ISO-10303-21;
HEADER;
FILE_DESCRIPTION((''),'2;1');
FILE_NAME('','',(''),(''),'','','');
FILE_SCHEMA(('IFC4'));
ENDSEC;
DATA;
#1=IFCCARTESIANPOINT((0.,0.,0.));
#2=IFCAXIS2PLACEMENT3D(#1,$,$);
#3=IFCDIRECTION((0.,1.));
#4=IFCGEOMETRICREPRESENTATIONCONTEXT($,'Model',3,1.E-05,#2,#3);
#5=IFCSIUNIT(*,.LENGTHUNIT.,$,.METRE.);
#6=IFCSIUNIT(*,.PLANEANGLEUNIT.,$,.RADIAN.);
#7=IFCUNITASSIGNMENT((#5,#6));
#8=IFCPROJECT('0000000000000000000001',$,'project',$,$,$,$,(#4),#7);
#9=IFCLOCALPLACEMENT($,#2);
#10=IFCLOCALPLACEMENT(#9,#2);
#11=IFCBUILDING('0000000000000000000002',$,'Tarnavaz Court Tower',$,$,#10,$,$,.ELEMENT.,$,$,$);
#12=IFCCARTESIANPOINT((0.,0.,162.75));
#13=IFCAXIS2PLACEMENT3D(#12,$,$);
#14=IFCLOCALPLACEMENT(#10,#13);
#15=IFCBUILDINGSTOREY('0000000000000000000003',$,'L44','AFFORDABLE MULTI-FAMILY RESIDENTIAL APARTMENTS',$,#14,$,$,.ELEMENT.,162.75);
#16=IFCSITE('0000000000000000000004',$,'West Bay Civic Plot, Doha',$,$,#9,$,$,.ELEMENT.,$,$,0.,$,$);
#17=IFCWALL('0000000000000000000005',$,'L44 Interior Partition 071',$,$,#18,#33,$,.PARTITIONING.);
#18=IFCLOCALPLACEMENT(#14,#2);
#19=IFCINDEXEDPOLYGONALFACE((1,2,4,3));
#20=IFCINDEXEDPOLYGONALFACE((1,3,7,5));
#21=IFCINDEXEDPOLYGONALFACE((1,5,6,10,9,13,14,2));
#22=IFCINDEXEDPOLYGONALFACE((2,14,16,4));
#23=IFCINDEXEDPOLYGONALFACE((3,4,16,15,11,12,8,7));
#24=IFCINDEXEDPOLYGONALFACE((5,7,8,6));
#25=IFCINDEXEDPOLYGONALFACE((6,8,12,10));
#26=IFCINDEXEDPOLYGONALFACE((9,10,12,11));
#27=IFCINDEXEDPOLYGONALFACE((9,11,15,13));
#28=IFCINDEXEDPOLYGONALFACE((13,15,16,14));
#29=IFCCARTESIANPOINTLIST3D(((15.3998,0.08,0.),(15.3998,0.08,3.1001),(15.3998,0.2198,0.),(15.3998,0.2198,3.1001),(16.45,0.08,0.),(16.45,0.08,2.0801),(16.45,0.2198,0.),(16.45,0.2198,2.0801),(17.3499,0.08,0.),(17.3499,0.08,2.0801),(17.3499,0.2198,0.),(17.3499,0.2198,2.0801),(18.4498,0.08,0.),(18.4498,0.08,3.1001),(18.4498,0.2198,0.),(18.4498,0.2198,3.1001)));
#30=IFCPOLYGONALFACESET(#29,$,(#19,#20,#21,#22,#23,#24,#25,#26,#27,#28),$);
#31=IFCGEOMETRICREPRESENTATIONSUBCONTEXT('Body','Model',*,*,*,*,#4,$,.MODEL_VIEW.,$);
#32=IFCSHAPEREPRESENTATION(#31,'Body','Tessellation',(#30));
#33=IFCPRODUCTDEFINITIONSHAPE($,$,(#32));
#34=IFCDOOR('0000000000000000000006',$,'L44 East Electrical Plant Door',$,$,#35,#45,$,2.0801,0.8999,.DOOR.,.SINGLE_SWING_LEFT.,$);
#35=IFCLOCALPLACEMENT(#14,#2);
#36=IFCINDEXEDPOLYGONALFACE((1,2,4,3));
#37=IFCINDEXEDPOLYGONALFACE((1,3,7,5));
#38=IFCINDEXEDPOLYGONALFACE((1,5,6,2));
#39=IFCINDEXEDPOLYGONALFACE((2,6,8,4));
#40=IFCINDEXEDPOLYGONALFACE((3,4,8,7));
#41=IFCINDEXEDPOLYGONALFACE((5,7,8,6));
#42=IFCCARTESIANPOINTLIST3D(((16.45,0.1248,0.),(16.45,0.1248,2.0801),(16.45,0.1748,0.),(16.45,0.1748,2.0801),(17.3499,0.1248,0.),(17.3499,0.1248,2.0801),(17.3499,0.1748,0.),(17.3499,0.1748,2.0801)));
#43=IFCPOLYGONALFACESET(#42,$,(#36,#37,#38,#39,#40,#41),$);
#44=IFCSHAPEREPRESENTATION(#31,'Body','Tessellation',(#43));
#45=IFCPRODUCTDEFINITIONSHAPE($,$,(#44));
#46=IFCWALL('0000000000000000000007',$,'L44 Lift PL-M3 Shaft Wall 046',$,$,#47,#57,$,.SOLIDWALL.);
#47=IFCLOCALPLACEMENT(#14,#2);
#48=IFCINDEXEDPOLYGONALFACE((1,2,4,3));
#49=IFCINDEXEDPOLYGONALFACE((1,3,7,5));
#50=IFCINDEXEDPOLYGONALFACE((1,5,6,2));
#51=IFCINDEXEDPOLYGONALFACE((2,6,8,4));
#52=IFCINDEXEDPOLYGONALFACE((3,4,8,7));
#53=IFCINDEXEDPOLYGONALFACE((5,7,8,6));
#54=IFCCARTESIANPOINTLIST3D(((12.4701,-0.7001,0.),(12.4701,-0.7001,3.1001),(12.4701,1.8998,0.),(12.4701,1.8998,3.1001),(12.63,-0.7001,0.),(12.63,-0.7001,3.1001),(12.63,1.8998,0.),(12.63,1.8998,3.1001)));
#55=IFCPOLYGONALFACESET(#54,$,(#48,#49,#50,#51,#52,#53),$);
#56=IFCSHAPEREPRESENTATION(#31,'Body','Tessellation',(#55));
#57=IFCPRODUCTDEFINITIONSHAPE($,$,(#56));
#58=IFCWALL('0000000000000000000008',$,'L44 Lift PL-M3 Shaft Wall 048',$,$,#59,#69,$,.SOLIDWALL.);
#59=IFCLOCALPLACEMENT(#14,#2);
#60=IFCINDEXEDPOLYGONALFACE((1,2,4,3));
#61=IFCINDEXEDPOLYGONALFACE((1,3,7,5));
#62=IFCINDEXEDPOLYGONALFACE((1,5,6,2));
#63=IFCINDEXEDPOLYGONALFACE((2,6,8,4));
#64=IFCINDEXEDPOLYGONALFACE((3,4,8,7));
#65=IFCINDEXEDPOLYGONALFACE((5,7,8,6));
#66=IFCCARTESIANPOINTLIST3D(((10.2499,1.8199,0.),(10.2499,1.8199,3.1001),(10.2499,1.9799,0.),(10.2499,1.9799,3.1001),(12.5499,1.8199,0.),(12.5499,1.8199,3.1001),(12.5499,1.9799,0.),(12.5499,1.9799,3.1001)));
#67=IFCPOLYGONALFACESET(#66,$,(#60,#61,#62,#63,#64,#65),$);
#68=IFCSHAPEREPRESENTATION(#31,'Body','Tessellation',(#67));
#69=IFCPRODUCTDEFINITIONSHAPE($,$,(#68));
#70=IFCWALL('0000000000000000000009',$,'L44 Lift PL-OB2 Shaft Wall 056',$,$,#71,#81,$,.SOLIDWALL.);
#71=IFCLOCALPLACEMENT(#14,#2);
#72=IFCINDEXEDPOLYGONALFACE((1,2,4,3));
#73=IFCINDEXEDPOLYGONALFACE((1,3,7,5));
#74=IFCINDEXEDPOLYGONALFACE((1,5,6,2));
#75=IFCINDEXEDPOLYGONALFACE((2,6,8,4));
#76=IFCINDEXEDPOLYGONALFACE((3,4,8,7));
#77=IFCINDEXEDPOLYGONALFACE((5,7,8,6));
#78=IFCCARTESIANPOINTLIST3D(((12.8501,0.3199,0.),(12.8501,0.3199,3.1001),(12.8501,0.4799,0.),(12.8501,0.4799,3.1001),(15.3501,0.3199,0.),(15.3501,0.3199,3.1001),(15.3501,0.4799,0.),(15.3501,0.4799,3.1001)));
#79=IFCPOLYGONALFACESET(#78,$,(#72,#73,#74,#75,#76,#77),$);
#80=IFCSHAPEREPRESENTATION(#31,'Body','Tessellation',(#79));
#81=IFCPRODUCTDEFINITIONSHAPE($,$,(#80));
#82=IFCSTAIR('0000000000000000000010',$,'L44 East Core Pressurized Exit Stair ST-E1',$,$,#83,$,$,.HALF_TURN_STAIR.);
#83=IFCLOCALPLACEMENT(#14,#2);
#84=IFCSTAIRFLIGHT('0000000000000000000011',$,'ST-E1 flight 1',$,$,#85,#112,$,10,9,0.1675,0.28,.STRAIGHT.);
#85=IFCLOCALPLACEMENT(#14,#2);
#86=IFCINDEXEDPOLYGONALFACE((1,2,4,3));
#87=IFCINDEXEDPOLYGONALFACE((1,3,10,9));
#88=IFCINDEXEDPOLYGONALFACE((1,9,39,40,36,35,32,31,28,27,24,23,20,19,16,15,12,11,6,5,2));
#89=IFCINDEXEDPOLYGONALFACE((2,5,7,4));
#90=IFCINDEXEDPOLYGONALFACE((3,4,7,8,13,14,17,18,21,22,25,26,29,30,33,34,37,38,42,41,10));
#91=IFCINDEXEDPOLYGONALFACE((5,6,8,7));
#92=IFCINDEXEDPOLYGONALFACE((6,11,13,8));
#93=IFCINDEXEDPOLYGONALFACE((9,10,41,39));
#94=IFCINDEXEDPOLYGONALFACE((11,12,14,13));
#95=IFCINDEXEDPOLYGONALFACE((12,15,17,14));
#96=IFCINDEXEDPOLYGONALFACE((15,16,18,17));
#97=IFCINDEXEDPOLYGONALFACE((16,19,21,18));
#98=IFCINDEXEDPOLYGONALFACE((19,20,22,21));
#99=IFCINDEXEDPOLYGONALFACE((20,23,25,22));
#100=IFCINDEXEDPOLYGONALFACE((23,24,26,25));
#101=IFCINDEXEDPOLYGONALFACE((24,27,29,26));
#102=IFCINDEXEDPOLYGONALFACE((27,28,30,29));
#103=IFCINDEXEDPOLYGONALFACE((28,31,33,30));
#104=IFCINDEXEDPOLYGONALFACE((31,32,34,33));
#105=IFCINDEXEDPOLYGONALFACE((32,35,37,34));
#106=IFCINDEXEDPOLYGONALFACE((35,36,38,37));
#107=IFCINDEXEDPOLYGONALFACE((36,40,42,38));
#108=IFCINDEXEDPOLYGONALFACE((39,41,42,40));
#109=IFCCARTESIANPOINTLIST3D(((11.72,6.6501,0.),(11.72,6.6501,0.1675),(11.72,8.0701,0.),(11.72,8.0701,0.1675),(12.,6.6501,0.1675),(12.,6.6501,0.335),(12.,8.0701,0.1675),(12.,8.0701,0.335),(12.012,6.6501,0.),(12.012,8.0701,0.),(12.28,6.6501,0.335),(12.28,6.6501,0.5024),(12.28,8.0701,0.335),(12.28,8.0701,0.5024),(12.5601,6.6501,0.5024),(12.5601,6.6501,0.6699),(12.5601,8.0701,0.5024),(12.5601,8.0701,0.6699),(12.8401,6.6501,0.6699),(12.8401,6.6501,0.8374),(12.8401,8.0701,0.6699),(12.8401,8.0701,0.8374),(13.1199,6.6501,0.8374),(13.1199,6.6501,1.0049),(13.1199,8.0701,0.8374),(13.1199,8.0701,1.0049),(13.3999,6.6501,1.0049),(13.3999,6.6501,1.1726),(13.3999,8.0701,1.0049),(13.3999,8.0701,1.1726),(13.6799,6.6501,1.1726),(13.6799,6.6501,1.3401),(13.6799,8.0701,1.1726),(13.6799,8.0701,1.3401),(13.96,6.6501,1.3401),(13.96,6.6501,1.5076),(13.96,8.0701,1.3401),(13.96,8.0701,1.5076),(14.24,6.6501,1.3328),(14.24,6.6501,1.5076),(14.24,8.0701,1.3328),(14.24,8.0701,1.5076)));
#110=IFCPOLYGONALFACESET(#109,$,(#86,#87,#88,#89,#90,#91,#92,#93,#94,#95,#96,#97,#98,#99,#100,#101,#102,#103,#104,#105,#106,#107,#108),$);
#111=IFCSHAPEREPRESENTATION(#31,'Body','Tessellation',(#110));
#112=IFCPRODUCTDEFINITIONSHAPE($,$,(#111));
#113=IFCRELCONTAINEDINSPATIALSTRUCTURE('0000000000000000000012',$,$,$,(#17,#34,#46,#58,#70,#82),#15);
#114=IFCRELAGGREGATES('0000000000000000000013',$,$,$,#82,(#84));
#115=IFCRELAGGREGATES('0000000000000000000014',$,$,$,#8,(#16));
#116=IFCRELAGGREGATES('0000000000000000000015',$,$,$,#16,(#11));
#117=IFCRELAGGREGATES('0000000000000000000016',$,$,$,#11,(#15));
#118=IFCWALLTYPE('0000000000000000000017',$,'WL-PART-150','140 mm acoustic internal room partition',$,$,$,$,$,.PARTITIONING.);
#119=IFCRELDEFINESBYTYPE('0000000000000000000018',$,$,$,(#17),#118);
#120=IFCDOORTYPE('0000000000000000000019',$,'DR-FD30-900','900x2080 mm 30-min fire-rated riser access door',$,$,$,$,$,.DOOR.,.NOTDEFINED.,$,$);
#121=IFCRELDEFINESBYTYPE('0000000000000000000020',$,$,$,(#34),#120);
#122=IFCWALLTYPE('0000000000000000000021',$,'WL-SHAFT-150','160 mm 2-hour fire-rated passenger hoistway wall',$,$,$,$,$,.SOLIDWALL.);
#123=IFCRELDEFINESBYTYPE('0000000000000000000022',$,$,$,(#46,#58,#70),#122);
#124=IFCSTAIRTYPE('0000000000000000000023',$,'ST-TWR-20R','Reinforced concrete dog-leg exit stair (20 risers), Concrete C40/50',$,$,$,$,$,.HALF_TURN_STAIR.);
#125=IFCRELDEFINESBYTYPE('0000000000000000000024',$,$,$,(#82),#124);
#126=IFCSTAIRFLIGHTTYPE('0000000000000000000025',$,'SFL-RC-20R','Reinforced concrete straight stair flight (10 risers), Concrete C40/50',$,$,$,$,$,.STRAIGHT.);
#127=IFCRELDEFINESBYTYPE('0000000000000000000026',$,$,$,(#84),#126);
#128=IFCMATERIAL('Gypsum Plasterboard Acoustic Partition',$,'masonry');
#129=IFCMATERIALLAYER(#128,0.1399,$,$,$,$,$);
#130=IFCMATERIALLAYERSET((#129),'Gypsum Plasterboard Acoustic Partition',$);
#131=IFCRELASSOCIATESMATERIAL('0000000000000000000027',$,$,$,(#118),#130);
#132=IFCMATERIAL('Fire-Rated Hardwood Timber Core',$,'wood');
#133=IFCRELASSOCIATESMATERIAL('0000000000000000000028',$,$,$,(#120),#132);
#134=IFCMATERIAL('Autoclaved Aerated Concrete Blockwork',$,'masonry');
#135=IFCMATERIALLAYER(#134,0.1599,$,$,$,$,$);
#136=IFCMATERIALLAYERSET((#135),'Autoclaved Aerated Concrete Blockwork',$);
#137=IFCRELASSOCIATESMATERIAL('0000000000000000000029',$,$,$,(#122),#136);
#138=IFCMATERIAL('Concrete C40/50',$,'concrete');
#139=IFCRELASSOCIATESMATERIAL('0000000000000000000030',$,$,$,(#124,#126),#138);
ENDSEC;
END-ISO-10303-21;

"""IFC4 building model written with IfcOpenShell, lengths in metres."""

from ifc_helpers import new_model, si_unit, direction, frame, frame_2d, origin, place, context, subcontext, project, spatial, polyline, rectangle, outline, extrude, material, layer, layer_set, type_object, element, fill, aggregate, save


model = new_model("IFC4")

# Units and contexts
model_context = context("Model", 3, precision=1e-05, world=origin(), true_north=direction((0.0, 1.0)))
body_context = subcontext(model_context, "Body", "Model", "MODEL_VIEW")
ifc_project = project(units=[si_unit("LENGTHUNIT", "METRE"), si_unit("PLANEANGLEUNIT", "RADIAN")], contexts=[model_context])

# Site, building, storey
site_placement = place(None, origin())
site = spatial("IfcSite", under=ifc_project, at=site_placement, Name="West Bay Civic Plot, Doha", CompositionType="ELEMENT", RefElevation=0.0)
building_placement = place(site_placement, origin())
building = spatial("IfcBuilding", under=site, at=building_placement, Name="Tarnavaz Court Tower", CompositionType="ELEMENT")
storey_placement = place(building_placement, frame((0.0, 0.0, 162.75)))
storey = spatial("IfcBuildingStorey", under=building, at=storey_placement, Name="L44", Description="AFFORDABLE MULTI-FAMILY RESIDENTIAL APARTMENTS", CompositionType="ELEMENT", Elevation=162.75)

# Shared definitions
ifc_material_1 = material(Name="Autoclaved Aerated Concrete Blockwork", Category="masonry")
ifc_material_2 = material(Name="Fire-Rated Hardwood Timber Core", Category="wood")

# Shared definitions
ifc_material_3 = material(Name="Gypsum Plasterboard Acoustic Partition", Category="masonry")
ifc_layer_1 = layer(ifc_material_3, 0.1399)
ifc_layer_set_1 = layer_set([ifc_layer_1], Name="Gypsum Plasterboard Acoustic Partition")
wall_type_1 = type_object("IfcWallType", Name="WL-PART-150", Description="140 mm acoustic internal room partition", PredefinedType="PARTITIONING", material=ifc_layer_set_1)

# Wall, opening, door
wall_1_placement = place(storey_placement, frame((15.3999, 0.1499, 0.0), z_axis=(0.0, 0.0, 1.0), x_axis=(1.0, 0.0, 0.0)))
wall_1 = element("IfcWall", 1, at=wall_1_placement, inside=storey, type_object=wall_type_1, Name="L44 Interior Partition 071", PredefinedType="PARTITIONING", context=body_context, shape_type="SweptSolid", body=[
    extrude(rectangle(XDim=3.05, YDim=0.1399, at=frame_2d((1.5249, 0.0))), origin(), (0.0, 0.0, 1.0), 3.1001),
])
opening_1_placement = place(wall_1_placement, frame((1.05, 0.0, 0.0)))
opening_1 = element("IfcOpeningElement", 2, at=opening_1_placement, cuts=wall_1, PredefinedType="OPENING", context=body_context, shape_type="SweptSolid", body=[
    extrude(rectangle(XDim=0.8999, YDim=2.0801, at=frame_2d((0.45, 1.04))), frame((0.0, 0.0798, 0.0), z_axis=(0.0, -1.0, 0.0), x_axis=(1.0, 0.0, 0.0)), (0.0, 0.0, 1.0), 0.1599),
])
door_type_1 = type_object("IfcDoorType", Name="DR-FD30-900", Description="900x2080 mm 30-min fire-rated riser access door", OperationType="NOTDEFINED", PredefinedType="DOOR", material=ifc_material_2)
door_1_placement = place(opening_1_placement, origin())
door_1 = element("IfcDoor", 3, at=door_1_placement, inside=storey, type_object=door_type_1, Name="L44 East Electrical Plant Door", OperationType="SINGLE_SWING_LEFT", OverallHeight=2.0801, OverallWidth=0.8999, PredefinedType="DOOR", context=body_context, shape_type="SweptSolid", body=[
    extrude(rectangle(XDim=0.8999, YDim=2.0801, at=frame_2d((0.45, 1.04))), frame((0.0, 0.0249, 0.0), z_axis=(0.0, -1.0, 0.0), x_axis=(1.0, 0.0, 0.0)), (0.0, 0.0, 1.0), 0.05),
])
fill(opening_1, door_1)

# Walls
ifc_layer_2 = layer(ifc_material_1, 0.1599)
ifc_layer_set_2 = layer_set([ifc_layer_2], Name="Autoclaved Aerated Concrete Blockwork")
wall_type_2 = type_object("IfcWallType", Name="WL-SHAFT-150", Description="160 mm 2-hour fire-rated passenger hoistway wall", PredefinedType="SOLIDWALL", material=ifc_layer_set_2)
wall_2_placement = place(storey_placement, frame((12.55, -0.7, 0.0), z_axis=(0.0, 0.0, 1.0), x_axis=(0.0, 1.0, 0.0)))
element("IfcWall", 4, at=wall_2_placement, inside=storey, type_object=wall_type_2, Name="L44 Lift PL-M3 Shaft Wall 046", PredefinedType="SOLIDWALL", context=body_context, shape_type="SweptSolid", body=[
    extrude(rectangle(XDim=2.5999, YDim=0.1599, at=frame_2d((1.2998, 0.0))), origin(), (0.0, 0.0, 1.0), 3.1001),
])
wall_3_placement = place(storey_placement, frame((10.25, 1.8999, 0.0), z_axis=(0.0, 0.0, 1.0), x_axis=(1.0, 0.0, 0.0)))
element("IfcWall", 5, at=wall_3_placement, inside=storey, type_object=wall_type_2, Name="L44 Lift PL-M3 Shaft Wall 048", PredefinedType="SOLIDWALL", context=body_context, shape_type="SweptSolid", body=[
    extrude(rectangle(XDim=2.3, YDim=0.1599, at=frame_2d((1.1499, 0.0))), origin(), (0.0, 0.0, 1.0), 3.1001),
])
wall_4_placement = place(storey_placement, frame((12.8501, 0.3999, 0.0), z_axis=(0.0, 0.0, 1.0), x_axis=(1.0, 0.0, 0.0)))
element("IfcWall", 6, at=wall_4_placement, inside=storey, type_object=wall_type_2, Name="L44 Lift PL-OB2 Shaft Wall 056", PredefinedType="SOLIDWALL", context=body_context, shape_type="SweptSolid", body=[
    extrude(rectangle(XDim=2.5, YDim=0.1599, at=frame_2d((1.25, 0.0))), origin(), (0.0, 0.0, 1.0), 3.1001),
])

# Stair, stair flight
ifc_material_4 = material(Name="Concrete C40/50", Category="concrete")
stair_type = type_object("IfcStairType", Name="ST-TWR-20R", Description="Reinforced concrete dog-leg exit stair (20 risers), Concrete C40/50", PredefinedType="HALF_TURN_STAIR", material=ifc_material_4)
stair_placement = place(storey_placement, origin())
stair = element("IfcStair", 7, at=stair_placement, inside=storey, type_object=stair_type, Name="L44 East Core Pressurized Exit Stair ST-E1", PredefinedType="HALF_TURN_STAIR")
stair_flight_type = type_object("IfcStairFlightType", Name="SFL-RC-20R", Description="Reinforced concrete straight stair flight (10 risers), Concrete C40/50", PredefinedType="STRAIGHT", material=ifc_material_4)
stair_flight_placement = place(storey_placement, frame((11.72, 7.3601, 0.0), z_axis=(0.0, 0.0, 1.0), x_axis=(1.0, 0.0, 0.0)))
stair_flight = element("IfcStairFlight", 8, at=stair_flight_placement, type_object=stair_flight_type, Name="ST-E1 flight 1", NumberOfRisers=10, NumberOfTreads=9, PredefinedType="STRAIGHT", RiserHeight=0.1675, TreadLength=0.28, context=body_context, shape_type="SweptSolid", body=[
    extrude(outline(polyline([(0.0, 0.0), (0.0, 0.1675), (0.28, 0.1675), (0.28, 0.335), (0.5601, 0.335), (0.5601, 0.5024), (0.8401, 0.5024), (0.8401, 0.6699), (1.1201, 0.6699), (1.1201, 0.8374), (1.3999, 0.8374), (1.3999, 1.0049), (1.6799, 1.0049), (1.6799, 1.1726), (1.96, 1.1726), (1.96, 1.3401), (2.24, 1.3401), (2.24, 1.5076), (2.52, 1.5076), (2.52, 1.675), (2.52, 1.3328), (0.292, 0.0), (0.0, 0.0)])), frame((0.0, 0.71, 0.0), z_axis=(0.0, -1.0, 0.0), x_axis=(1.0, 0.0, 0.0)), (0.0, 0.0, 1.0), 1.4199),
])
aggregate(stair, [stair_flight])

save(model, "model.ifc")
